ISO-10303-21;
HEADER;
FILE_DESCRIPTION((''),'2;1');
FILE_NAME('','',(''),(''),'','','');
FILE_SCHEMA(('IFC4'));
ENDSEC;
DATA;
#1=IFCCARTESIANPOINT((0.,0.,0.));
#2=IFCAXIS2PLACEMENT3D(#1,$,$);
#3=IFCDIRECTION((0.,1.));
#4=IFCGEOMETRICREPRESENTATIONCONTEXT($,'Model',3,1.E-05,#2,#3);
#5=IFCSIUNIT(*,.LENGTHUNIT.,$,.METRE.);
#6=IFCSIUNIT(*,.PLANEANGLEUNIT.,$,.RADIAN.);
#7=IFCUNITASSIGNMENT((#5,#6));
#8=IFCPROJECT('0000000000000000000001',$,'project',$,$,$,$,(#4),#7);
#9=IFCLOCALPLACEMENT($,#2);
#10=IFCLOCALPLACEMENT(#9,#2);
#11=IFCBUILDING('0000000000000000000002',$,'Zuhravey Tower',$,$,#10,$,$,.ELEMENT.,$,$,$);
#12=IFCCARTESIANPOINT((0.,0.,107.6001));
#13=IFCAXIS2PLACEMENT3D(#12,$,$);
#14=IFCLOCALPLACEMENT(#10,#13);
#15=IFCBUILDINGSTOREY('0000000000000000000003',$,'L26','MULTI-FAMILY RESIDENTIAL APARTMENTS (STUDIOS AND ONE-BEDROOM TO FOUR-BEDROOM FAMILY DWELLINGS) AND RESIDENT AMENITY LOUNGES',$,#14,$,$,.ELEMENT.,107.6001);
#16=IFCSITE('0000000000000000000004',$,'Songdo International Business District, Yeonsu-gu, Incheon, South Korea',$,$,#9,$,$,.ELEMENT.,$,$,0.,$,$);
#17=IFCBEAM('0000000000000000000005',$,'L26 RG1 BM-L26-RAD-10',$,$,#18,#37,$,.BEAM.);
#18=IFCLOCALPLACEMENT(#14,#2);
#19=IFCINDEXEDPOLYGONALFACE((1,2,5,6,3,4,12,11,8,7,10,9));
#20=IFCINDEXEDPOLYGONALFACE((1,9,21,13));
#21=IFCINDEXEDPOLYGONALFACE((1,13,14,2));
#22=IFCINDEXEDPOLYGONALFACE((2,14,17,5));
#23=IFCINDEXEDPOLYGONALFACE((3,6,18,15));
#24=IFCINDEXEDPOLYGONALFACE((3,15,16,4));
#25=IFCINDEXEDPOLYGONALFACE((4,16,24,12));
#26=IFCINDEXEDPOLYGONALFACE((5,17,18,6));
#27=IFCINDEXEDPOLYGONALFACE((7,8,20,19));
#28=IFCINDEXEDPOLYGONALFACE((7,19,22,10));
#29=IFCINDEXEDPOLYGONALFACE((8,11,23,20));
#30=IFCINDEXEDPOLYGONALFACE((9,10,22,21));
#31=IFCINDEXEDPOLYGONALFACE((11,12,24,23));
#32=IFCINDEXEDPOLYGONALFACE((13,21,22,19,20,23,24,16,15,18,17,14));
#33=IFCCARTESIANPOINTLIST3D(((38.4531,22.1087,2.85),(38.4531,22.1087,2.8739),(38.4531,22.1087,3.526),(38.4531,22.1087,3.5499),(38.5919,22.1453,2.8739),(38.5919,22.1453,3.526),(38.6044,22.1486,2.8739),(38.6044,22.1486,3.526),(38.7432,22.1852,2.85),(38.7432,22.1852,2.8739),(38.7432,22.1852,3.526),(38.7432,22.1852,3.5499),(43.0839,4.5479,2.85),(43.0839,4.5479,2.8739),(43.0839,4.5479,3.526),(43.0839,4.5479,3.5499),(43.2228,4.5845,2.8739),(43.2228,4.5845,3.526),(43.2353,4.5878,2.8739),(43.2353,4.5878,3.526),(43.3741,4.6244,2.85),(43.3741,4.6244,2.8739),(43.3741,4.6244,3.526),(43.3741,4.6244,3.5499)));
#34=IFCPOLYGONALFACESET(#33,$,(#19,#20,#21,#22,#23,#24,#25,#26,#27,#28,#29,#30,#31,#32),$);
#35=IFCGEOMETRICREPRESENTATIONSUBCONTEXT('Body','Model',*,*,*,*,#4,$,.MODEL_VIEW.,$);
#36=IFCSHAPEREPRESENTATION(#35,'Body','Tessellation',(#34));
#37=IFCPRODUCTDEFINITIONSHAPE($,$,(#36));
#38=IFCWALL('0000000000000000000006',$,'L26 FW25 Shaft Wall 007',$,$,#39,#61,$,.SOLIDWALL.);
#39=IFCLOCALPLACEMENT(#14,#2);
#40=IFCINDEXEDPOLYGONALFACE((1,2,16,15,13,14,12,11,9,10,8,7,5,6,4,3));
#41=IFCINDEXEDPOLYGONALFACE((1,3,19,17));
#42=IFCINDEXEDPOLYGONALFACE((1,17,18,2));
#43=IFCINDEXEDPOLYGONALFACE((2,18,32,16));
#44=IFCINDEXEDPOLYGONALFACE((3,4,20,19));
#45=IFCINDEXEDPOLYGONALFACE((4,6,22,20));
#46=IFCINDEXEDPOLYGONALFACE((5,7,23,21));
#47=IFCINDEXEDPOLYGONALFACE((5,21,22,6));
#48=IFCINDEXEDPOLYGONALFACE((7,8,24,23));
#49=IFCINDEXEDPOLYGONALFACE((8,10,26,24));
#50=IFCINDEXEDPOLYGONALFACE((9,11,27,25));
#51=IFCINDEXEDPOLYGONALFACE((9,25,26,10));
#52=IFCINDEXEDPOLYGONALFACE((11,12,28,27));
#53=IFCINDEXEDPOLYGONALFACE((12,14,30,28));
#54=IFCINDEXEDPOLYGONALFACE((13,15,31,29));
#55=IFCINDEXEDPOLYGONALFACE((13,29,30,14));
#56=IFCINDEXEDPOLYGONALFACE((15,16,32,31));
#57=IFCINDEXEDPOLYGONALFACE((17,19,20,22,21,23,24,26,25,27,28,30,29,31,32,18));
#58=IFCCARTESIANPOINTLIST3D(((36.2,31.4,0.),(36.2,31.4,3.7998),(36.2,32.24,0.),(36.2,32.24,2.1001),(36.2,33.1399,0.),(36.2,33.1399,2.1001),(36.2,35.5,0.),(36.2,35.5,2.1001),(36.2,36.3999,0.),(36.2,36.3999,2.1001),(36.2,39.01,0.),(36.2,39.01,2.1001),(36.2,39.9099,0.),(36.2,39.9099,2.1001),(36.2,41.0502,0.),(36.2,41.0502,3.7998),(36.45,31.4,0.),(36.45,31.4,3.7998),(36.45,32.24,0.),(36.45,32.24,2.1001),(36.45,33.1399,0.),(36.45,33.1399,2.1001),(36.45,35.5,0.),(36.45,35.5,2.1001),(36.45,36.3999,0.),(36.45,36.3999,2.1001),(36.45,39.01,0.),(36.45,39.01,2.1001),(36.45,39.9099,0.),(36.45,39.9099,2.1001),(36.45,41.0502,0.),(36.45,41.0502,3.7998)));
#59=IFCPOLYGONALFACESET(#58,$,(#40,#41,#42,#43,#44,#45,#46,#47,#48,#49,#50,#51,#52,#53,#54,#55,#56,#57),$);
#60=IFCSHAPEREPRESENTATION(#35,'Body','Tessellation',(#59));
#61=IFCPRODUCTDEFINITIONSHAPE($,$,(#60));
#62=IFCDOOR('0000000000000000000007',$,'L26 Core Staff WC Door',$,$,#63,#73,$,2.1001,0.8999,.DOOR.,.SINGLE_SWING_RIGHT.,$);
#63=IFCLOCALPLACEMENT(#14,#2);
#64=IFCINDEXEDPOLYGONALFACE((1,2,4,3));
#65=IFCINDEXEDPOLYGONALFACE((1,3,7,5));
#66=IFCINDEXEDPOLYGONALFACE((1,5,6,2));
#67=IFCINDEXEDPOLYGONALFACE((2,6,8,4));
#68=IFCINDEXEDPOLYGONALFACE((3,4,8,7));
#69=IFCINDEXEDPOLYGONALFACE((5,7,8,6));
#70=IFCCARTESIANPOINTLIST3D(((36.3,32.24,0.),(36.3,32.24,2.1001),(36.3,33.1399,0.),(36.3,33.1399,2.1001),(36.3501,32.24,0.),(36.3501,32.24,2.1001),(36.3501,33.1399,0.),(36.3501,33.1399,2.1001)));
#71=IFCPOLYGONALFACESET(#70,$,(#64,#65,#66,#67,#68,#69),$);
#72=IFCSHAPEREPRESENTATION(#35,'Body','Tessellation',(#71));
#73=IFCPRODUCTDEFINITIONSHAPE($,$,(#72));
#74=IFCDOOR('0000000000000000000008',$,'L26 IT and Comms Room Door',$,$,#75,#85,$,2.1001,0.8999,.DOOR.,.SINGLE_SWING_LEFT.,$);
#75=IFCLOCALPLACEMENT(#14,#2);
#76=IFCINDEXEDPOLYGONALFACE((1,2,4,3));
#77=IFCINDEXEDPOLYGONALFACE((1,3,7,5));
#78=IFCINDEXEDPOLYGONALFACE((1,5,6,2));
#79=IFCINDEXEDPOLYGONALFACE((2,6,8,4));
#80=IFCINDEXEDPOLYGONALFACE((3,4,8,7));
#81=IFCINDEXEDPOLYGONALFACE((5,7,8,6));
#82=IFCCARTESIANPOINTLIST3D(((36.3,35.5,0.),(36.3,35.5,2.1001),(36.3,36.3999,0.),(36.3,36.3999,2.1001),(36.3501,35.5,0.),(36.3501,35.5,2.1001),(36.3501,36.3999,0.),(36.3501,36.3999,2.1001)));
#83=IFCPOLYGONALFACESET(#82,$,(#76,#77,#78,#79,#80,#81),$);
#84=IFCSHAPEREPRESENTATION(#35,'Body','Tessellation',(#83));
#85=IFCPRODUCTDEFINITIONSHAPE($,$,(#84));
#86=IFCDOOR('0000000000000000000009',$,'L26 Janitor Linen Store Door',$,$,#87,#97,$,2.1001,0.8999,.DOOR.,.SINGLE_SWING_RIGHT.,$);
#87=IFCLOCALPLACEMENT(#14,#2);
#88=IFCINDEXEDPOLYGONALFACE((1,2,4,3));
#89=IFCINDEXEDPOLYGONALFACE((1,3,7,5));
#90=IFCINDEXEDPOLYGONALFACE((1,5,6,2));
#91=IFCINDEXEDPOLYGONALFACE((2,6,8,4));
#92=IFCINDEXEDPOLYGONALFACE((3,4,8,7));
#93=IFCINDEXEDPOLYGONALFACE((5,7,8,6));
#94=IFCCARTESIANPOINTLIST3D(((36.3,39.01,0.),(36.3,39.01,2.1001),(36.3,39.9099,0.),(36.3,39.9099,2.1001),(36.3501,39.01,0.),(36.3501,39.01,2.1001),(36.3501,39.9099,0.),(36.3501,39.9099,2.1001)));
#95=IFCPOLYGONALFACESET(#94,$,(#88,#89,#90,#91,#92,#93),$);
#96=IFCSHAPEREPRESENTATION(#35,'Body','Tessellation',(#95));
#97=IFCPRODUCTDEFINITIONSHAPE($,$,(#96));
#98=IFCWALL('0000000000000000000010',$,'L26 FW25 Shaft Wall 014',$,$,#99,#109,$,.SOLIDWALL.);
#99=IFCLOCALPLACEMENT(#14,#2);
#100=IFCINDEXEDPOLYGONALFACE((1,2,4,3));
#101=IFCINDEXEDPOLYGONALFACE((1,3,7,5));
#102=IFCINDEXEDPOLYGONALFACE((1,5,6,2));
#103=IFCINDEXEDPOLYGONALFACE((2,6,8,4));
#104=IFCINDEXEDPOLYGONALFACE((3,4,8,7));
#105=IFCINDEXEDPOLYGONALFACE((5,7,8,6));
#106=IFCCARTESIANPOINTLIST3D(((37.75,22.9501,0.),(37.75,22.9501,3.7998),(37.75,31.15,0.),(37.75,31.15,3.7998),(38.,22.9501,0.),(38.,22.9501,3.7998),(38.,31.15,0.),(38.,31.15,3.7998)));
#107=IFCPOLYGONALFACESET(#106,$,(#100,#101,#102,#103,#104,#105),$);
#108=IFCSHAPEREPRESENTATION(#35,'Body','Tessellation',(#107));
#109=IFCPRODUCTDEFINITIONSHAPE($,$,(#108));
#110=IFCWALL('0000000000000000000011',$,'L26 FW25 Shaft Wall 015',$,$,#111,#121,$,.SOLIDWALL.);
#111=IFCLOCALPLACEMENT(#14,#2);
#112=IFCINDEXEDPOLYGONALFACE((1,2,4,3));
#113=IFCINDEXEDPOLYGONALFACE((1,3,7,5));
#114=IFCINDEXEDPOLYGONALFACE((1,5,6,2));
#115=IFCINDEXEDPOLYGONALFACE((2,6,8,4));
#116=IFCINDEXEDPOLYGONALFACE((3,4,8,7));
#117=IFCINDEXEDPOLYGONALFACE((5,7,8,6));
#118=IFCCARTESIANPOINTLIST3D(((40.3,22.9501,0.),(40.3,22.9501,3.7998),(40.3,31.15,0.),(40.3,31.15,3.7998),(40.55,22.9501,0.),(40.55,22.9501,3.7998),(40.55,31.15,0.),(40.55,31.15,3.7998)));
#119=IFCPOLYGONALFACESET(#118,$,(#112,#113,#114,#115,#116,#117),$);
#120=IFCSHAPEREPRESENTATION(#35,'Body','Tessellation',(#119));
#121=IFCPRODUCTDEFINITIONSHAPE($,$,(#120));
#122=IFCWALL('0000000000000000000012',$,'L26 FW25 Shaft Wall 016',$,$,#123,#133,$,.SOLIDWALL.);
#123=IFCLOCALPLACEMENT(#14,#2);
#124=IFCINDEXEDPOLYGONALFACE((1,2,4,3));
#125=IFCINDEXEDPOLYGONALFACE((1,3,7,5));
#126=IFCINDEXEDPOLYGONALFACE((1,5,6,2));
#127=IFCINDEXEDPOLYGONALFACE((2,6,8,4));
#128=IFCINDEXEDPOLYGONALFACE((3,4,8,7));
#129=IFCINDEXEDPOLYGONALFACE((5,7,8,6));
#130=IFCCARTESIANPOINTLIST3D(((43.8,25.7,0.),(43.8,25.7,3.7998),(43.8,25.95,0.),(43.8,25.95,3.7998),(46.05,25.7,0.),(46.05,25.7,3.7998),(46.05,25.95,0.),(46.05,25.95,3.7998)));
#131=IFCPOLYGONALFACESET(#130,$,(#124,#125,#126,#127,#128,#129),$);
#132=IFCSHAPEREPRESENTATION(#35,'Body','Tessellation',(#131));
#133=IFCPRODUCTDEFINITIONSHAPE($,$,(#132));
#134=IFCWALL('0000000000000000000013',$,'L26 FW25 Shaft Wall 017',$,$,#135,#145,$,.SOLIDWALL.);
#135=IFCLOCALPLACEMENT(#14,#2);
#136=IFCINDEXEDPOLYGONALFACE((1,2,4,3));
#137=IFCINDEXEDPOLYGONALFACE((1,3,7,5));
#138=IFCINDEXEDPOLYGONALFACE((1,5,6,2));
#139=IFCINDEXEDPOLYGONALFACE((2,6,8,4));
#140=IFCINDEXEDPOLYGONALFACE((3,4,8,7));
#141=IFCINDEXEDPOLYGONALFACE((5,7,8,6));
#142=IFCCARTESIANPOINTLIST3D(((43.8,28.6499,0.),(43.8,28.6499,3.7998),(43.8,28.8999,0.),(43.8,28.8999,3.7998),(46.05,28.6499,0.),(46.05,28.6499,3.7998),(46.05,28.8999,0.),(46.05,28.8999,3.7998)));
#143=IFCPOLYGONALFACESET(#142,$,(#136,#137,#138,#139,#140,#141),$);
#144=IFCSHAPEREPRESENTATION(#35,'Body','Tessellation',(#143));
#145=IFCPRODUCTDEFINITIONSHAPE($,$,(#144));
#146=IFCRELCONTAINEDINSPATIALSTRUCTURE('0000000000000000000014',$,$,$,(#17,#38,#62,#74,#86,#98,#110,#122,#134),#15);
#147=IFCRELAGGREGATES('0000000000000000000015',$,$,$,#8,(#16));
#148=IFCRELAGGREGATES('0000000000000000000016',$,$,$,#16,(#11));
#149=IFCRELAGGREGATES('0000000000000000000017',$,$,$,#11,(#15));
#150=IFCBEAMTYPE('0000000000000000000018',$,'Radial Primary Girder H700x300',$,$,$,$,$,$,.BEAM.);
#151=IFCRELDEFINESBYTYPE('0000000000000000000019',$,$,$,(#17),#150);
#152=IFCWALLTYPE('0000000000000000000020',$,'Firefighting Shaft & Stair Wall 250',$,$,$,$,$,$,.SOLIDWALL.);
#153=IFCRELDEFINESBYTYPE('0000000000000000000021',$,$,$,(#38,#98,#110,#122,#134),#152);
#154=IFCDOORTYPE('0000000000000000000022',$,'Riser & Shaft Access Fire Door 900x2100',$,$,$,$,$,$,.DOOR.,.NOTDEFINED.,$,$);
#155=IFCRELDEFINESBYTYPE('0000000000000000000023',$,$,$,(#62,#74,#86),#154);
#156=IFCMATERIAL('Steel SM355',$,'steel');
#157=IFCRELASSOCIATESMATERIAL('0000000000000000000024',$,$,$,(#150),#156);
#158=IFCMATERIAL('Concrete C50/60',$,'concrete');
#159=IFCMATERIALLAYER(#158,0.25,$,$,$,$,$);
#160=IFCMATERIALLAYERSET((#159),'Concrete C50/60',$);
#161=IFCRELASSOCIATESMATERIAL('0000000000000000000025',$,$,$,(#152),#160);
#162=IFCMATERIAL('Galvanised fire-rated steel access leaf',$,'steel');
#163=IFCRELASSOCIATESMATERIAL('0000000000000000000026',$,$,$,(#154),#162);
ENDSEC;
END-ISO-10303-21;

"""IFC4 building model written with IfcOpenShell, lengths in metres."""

from ifc_helpers import new_model, si_unit, direction, frame, frame_2d, origin, origin_2d, place, context, subcontext, project, spatial, rectangle, i_section, extrude, material, layer, layer_set, material_profile, profile_set, type_object, element, fill, save


model = new_model("IFC4")

# Units and contexts
model_context = context("Model", 3, precision=1e-05, world=origin(), true_north=direction((0.0, 1.0)))
body_context = subcontext(model_context, "Body", "Model", "MODEL_VIEW")
ifc_project = project(units=[si_unit("LENGTHUNIT", "METRE"), si_unit("PLANEANGLEUNIT", "RADIAN")], contexts=[model_context])

# Site, building, storey
site_placement = place(None, origin())
site = spatial("IfcSite", under=ifc_project, at=site_placement, Name="Songdo International Business District, Yeonsu-gu, Incheon, South Korea", CompositionType="ELEMENT", RefElevation=0.0)
building_placement = place(site_placement, origin())
building = spatial("IfcBuilding", under=site, at=building_placement, Name="Zuhravey Tower", CompositionType="ELEMENT")
storey_placement = place(building_placement, frame((0.0, 0.0, 107.6001)))
storey = spatial("IfcBuildingStorey", under=building, at=storey_placement, Name="L26", Description="MULTI-FAMILY RESIDENTIAL APARTMENTS (STUDIOS AND ONE-BEDROOM TO FOUR-BEDROOM FAMILY DWELLINGS) AND RESIDENT AMENITY LOUNGES", CompositionType="ELEMENT", Elevation=107.6001)

# Beam
ifc_material_1 = material(Name="Steel SM355", Category="steel")
ifc_material_profile = material_profile(ifc_material_1, i_section(OverallWidth=0.3, OverallDepth=0.7, WebThickness=0.0129, FlangeThickness=0.0239, at=origin_2d()), Name="H-700x300x13x24")
ifc_profile_set = profile_set([ifc_material_profile], Name="Steel SM355")
beam_type = type_object("IfcBeamType", Name="Radial Primary Girder H700x300", PredefinedType="BEAM", material=ifc_profile_set)
beam_placement = place(storey_placement, frame((38.5981, 22.147, 3.2), z_axis=(0.254988, -0.966944, 0.0), x_axis=(0.966944, 0.254988, 0.0)))
element("IfcBeam", 1, at=beam_placement, inside=storey, type_object=beam_type, Name="L26 RG1 BM-L26-RAD-10", PredefinedType="BEAM", context=body_context, shape_type="SweptSolid", body=[
    extrude(i_section(OverallWidth=0.3, OverallDepth=0.7, WebThickness=0.0129, FlangeThickness=0.0239, at=origin_2d()), origin(), (0.0, 0.0, 1.0), 18.1611),
])

# Shared definitions
ifc_material_2 = material(Name="Concrete C50/60", Category="concrete")
ifc_layer_1 = layer(ifc_material_2, 0.25)
ifc_layer_set_1 = layer_set([ifc_layer_1], Name="Concrete C50/60")
wall_type_1 = type_object("IfcWallType", Name="Firefighting Shaft & Stair Wall 250", PredefinedType="SOLIDWALL", material=ifc_layer_set_1)

# Wall, openings, doors
wall_1_placement = place(storey_placement, frame((36.325, 31.3999, 0.0), z_axis=(0.0, 0.0, 1.0), x_axis=(0.0, 1.0, 0.0)))
wall_1 = element("IfcWall", 2, at=wall_1_placement, inside=storey, type_object=wall_type_1, Name="L26 FW25 Shaft Wall 007", PredefinedType="SOLIDWALL", context=body_context, shape_type="SweptSolid", body=[
    extrude(rectangle(XDim=9.6501, YDim=0.25, at=frame_2d((4.8252, 0.0))), origin(), (0.0, 0.0, 1.0), 3.7998),
])
opening_1_placement = place(wall_1_placement, frame((0.8401, 0.0, 0.0)))
opening_1 = element("IfcOpeningElement", 3, at=opening_1_placement, cuts=wall_1, PredefinedType="OPENING", context=body_context, shape_type="SweptSolid", body=[
    extrude(rectangle(XDim=0.8999, YDim=2.1001, at=frame_2d((0.45, 1.05))), frame((0.0, 0.137, 0.0), z_axis=(0.0, -1.0, 0.0), x_axis=(1.0, 0.0, 0.0)), (0.0, 0.0, 1.0), 0.2739),
])
opening_2_placement = place(wall_1_placement, frame((4.1001, 0.0, 0.0)))
opening_2 = element("IfcOpeningElement", 4, at=opening_2_placement, cuts=wall_1, PredefinedType="OPENING", context=body_context, shape_type="SweptSolid", body=[
    extrude(rectangle(XDim=0.8999, YDim=2.1001, at=frame_2d((0.45, 1.05))), frame((0.0, 0.137, 0.0), z_axis=(0.0, -1.0, 0.0), x_axis=(1.0, 0.0, 0.0)), (0.0, 0.0, 1.0), 0.2739),
])
opening_3_placement = place(wall_1_placement, frame((7.6101, 0.0, 0.0)))
opening_3 = element("IfcOpeningElement", 5, at=opening_3_placement, cuts=wall_1, PredefinedType="OPENING", context=body_context, shape_type="SweptSolid", body=[
    extrude(rectangle(XDim=0.8999, YDim=2.1001, at=frame_2d((0.45, 1.05))), frame((0.0, 0.137, 0.0), z_axis=(0.0, -1.0, 0.0), x_axis=(1.0, 0.0, 0.0)), (0.0, 0.0, 1.0), 0.2739),
])
ifc_material_3 = material(Name="Galvanised fire-rated steel access leaf", Category="steel")
door_type_1 = type_object("IfcDoorType", Name="Riser & Shaft Access Fire Door 900x2100", OperationType="NOTDEFINED", PredefinedType="DOOR", material=ifc_material_3)
door_1_placement = place(opening_1_placement, origin())
door_1 = element("IfcDoor", 6, at=door_1_placement, inside=storey, type_object=door_type_1, Name="L26 Core Staff WC Door", OperationType="SINGLE_SWING_RIGHT", OverallHeight=2.1001, OverallWidth=0.8999, PredefinedType="DOOR", context=body_context, shape_type="SweptSolid", body=[
    extrude(rectangle(XDim=0.8999, YDim=2.1001, at=frame_2d((0.45, 1.05))), frame((0.0, 0.0249, 0.0), z_axis=(0.0, -1.0, 0.0), x_axis=(1.0, 0.0, 0.0)), (0.0, 0.0, 1.0), 0.05),
])
fill(opening_1, door_1)
door_2_placement = place(opening_2_placement, origin())
door_2 = element("IfcDoor", 7, at=door_2_placement, inside=storey, type_object=door_type_1, Name="L26 IT and Comms Room Door", OperationType="SINGLE_SWING_LEFT", OverallHeight=2.1001, OverallWidth=0.8999, PredefinedType="DOOR", context=body_context, shape_type="SweptSolid", body=[
    extrude(rectangle(XDim=0.8999, YDim=2.1001, at=frame_2d((0.45, 1.05))), frame((0.0, 0.0249, 0.0), z_axis=(0.0, -1.0, 0.0), x_axis=(1.0, 0.0, 0.0)), (0.0, 0.0, 1.0), 0.05),
])
fill(opening_2, door_2)
door_3_placement = place(opening_3_placement, origin())
door_3 = element("IfcDoor", 8, at=door_3_placement, inside=storey, type_object=door_type_1, Name="L26 Janitor Linen Store Door", OperationType="SINGLE_SWING_RIGHT", OverallHeight=2.1001, OverallWidth=0.8999, PredefinedType="DOOR", context=body_context, shape_type="SweptSolid", body=[
    extrude(rectangle(XDim=0.8999, YDim=2.1001, at=frame_2d((0.45, 1.05))), frame((0.0, 0.0249, 0.0), z_axis=(0.0, -1.0, 0.0), x_axis=(1.0, 0.0, 0.0)), (0.0, 0.0, 1.0), 0.05),
])
fill(opening_3, door_3)

# Walls
for number, where, z_axis, x_axis, name in (
    (9, (37.875, 22.95, 0.0), (0.0, 0.0, 1.0), (0.0, 1.0, 0.0), "L26 FW25 Shaft Wall 014"),
    (10, (40.425, 22.95, 0.0), (0.0, 0.0, 1.0), (0.0, 1.0, 0.0), "L26 FW25 Shaft Wall 015"),
):
    element("IfcWall", number, at=place(storey_placement, frame(where, z_axis=z_axis, x_axis=x_axis)), inside=storey, type_object=wall_type_1, Name=name, PredefinedType="SOLIDWALL", context=body_context, shape_type="SweptSolid", body=[
        extrude(rectangle(XDim=8.2, YDim=0.25, at=frame_2d((4.1001, 0.0))), origin(), (0.0, 0.0, 1.0), 3.7998),
    ])
for number, where, z_axis, x_axis, name in (
    (11, (43.8, 25.825, 0.0), (0.0, 0.0, 1.0), (1.0, 0.0, 0.0), "L26 FW25 Shaft Wall 016"),
    (12, (43.8, 28.7749, 0.0), (0.0, 0.0, 1.0), (1.0, 0.0, 0.0), "L26 FW25 Shaft Wall 017"),
):
    element("IfcWall", number, at=place(storey_placement, frame(where, z_axis=z_axis, x_axis=x_axis)), inside=storey, type_object=wall_type_1, Name=name, PredefinedType="SOLIDWALL", context=body_context, shape_type="SweptSolid", body=[
        extrude(rectangle(XDim=2.25, YDim=0.25, at=frame_2d((1.125, 0.0))), origin(), (0.0, 0.0, 1.0), 3.7998),
    ])

save(model, "model.ifc")
